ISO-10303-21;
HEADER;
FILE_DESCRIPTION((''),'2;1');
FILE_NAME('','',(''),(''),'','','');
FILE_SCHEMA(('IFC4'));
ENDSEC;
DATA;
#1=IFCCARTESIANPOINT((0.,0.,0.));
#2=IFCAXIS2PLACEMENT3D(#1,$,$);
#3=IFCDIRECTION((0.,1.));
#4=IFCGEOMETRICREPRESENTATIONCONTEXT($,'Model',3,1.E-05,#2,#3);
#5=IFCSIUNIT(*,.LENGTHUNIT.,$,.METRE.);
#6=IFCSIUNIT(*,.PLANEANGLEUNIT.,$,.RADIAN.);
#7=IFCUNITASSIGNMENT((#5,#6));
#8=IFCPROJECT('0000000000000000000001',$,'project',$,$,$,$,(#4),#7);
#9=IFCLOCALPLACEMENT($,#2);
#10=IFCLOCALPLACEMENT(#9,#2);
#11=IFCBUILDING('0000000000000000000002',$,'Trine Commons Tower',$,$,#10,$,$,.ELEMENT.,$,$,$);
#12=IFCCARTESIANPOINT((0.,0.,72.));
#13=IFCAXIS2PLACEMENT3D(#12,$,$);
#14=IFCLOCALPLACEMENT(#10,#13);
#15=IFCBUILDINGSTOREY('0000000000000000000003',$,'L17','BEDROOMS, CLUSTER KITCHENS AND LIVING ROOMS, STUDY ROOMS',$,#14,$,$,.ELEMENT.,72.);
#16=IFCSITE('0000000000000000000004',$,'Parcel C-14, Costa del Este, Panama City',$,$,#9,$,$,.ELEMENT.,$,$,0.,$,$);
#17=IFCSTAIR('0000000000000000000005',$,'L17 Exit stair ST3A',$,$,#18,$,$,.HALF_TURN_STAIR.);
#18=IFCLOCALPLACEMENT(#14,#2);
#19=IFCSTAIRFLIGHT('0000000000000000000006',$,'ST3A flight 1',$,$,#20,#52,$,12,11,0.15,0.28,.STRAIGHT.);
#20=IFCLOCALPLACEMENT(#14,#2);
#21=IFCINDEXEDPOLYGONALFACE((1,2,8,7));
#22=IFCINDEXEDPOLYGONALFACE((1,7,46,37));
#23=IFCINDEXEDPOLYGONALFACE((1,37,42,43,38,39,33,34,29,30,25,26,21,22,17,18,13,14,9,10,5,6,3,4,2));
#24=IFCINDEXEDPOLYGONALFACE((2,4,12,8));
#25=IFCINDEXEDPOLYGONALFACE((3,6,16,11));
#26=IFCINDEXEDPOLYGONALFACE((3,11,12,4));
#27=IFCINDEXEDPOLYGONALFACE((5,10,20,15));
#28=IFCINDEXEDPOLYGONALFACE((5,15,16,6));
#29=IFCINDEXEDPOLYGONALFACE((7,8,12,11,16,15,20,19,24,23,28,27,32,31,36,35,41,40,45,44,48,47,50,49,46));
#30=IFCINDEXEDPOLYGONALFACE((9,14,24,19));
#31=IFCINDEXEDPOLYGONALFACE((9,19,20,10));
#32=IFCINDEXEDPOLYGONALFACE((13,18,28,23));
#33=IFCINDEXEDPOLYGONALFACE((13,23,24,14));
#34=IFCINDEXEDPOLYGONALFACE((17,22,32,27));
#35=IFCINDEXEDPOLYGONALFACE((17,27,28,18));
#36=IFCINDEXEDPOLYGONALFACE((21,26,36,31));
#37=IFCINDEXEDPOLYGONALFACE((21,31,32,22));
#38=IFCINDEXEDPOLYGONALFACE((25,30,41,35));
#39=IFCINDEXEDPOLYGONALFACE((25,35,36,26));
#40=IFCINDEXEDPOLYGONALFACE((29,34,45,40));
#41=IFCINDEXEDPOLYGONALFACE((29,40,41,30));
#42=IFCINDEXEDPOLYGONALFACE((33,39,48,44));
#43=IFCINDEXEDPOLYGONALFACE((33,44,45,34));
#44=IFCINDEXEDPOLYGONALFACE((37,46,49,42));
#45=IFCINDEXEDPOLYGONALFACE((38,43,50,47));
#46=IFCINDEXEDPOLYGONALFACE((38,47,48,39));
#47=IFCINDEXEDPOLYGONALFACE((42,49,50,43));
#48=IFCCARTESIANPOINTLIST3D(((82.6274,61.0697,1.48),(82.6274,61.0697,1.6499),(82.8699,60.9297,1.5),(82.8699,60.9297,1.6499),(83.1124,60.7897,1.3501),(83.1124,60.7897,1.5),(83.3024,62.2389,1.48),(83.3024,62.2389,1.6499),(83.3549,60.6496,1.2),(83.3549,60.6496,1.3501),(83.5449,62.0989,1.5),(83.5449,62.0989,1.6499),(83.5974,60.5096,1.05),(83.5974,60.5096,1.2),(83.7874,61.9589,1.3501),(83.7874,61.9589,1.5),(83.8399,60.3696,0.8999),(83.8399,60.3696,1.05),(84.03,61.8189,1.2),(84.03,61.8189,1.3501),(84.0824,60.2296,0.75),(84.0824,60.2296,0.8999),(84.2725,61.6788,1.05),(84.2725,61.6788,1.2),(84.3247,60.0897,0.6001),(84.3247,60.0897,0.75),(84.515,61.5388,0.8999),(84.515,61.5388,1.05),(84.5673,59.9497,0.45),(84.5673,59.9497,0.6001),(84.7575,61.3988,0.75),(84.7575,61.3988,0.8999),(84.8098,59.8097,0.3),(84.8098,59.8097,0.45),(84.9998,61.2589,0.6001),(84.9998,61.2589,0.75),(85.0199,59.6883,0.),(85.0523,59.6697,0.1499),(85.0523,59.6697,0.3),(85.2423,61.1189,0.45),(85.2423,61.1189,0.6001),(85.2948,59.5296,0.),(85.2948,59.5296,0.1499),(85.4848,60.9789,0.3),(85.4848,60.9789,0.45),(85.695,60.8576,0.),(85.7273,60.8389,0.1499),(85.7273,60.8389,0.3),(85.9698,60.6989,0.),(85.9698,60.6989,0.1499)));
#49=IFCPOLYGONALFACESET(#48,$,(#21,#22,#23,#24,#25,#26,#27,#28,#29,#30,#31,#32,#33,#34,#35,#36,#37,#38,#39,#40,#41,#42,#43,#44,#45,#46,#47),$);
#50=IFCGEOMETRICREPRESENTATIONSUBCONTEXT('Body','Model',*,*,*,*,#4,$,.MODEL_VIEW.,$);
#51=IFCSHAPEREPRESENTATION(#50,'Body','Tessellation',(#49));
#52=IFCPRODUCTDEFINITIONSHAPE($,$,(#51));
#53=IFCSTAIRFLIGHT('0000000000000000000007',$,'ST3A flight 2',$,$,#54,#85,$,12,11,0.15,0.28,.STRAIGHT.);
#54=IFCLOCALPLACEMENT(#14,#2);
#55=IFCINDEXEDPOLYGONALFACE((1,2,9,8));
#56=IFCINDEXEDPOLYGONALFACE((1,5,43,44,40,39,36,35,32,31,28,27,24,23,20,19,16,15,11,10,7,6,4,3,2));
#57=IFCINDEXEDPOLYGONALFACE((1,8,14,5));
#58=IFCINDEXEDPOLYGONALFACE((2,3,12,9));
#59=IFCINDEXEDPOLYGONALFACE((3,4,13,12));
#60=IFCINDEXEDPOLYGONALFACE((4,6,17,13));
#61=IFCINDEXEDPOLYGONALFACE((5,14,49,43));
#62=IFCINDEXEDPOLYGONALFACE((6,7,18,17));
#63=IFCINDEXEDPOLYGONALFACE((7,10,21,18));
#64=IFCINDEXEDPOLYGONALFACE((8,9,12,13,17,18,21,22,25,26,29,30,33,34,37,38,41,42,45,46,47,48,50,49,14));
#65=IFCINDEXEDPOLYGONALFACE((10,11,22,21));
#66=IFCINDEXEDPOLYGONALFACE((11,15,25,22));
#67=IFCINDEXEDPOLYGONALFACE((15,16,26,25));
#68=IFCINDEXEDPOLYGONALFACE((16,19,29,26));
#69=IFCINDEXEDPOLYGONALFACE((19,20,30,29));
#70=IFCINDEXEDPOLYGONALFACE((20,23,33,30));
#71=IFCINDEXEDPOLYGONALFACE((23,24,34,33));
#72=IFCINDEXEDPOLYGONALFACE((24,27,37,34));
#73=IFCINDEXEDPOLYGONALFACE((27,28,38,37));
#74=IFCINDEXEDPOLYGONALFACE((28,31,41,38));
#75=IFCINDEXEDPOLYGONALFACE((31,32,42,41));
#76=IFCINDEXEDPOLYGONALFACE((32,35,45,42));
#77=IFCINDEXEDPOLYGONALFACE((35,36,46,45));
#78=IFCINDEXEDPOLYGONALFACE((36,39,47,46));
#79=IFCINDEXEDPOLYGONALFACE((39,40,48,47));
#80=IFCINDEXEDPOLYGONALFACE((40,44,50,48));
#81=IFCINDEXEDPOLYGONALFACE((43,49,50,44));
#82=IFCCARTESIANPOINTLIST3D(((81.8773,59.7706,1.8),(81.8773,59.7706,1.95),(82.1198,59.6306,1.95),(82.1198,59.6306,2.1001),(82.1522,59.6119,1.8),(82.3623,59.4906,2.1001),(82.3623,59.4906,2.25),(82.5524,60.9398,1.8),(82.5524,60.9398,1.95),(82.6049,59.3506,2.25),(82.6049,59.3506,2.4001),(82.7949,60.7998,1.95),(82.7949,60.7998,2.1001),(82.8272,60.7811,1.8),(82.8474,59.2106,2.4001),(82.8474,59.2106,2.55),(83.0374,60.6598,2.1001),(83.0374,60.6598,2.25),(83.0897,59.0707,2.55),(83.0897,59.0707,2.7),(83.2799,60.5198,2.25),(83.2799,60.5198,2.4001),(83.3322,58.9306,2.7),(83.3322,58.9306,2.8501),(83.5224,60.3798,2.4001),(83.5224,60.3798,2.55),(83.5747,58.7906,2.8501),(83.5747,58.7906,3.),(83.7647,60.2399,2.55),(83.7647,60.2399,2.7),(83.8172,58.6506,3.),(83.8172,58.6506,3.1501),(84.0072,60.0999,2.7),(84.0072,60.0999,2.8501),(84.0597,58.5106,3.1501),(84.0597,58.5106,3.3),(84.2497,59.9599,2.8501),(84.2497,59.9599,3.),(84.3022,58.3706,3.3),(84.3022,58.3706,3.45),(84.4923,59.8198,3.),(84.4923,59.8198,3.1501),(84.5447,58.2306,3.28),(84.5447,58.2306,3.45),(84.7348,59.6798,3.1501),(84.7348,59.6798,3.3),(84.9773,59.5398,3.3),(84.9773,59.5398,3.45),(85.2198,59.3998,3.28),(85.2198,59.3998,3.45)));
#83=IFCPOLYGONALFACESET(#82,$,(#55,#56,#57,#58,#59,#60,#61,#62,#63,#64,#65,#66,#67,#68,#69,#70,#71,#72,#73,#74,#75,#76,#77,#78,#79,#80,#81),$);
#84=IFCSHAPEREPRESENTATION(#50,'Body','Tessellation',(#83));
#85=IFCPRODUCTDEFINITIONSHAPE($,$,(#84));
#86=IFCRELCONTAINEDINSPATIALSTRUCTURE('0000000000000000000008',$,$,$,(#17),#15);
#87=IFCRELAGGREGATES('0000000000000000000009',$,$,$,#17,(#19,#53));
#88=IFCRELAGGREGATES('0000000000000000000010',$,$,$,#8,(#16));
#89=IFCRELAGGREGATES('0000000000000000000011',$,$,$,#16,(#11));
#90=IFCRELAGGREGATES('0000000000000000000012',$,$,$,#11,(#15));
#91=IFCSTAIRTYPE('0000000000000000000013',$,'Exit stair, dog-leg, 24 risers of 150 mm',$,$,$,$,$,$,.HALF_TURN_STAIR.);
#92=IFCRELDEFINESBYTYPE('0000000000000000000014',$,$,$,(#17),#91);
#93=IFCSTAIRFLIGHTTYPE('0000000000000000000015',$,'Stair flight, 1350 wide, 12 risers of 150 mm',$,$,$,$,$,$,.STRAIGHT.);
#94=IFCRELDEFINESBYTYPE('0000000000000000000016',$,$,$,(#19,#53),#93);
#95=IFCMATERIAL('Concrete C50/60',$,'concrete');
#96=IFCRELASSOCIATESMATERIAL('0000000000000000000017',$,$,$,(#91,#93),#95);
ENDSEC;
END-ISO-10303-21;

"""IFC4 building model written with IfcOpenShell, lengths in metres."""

from ifc_helpers import new_model, si_unit, direction, frame, origin, place, context, subcontext, project, spatial, polyline, outline, extrude, material, type_object, element, aggregate, save


model = new_model("IFC4")

# Units and contexts
model_context = context("Model", 3, precision=1e-05, world=origin(), true_north=direction((0.0, 1.0)))
body_context = subcontext(model_context, "Body", "Model", "MODEL_VIEW")
ifc_project = project(units=[si_unit("LENGTHUNIT", "METRE"), si_unit("PLANEANGLEUNIT", "RADIAN")], contexts=[model_context])

# Site, building, storey
site_placement = place(None, origin())
site = spatial("IfcSite", under=ifc_project, at=site_placement, Name="Parcel C-14, Costa del Este, Panama City", CompositionType="ELEMENT", RefElevation=0.0)
building_placement = place(site_placement, origin())
building = spatial("IfcBuilding", under=site, at=building_placement, Name="Trine Commons Tower", CompositionType="ELEMENT")
storey_placement = place(building_placement, frame((0.0, 0.0, 72.0)))
storey = spatial("IfcBuildingStorey", under=building, at=storey_placement, Name="L17", Description="BEDROOMS, CLUSTER KITCHENS AND LIVING ROOMS, STUDY ROOMS", CompositionType="ELEMENT", Elevation=72.0)

# Shared definitions
ifc_material_1 = material(Name="Concrete C50/60", Category="concrete")

# Stair, stair flights
stair_type = type_object("IfcStairType", Name="Exit stair, dog-leg, 24 risers of 150 mm", PredefinedType="HALF_TURN_STAIR", material=ifc_material_1)
stair_placement = place(storey_placement, origin())
stair = element("IfcStair", 1, at=stair_placement, inside=storey, type_object=stair_type, Name="L17 Exit stair ST3A", PredefinedType="HALF_TURN_STAIR")
stair_flight_type = type_object("IfcStairFlightType", Name="Stair flight, 1350 wide, 12 risers of 150 mm", PredefinedType="STRAIGHT", material=ifc_material_1)
stair_flight_1_placement = place(storey_placement, frame((85.6323, 60.1143, 0.0), z_axis=(0.0, 0.0, 1.0), x_axis=(-0.866025, 0.5, 0.0)))
stair_flight_1 = element("IfcStairFlight", 2, at=stair_flight_1_placement, type_object=stair_flight_type, Name="ST3A flight 1", NumberOfRisers=12, NumberOfTreads=11, PredefinedType="STRAIGHT", RiserHeight=0.15, TreadLength=0.28, context=body_context, shape_type="SweptSolid", body=[
    extrude(outline(polyline([(0.0, 0.0), (0.0, 0.1499), (0.28, 0.1499), (0.28, 0.3), (0.5601, 0.3), (0.5601, 0.45), (0.8401, 0.45), (0.8401, 0.6001), (1.1201, 0.6001), (1.1201, 0.75), (1.3999, 0.75), (1.3999, 0.8999), (1.6799, 0.8999), (1.6799, 1.05), (1.96, 1.05), (1.96, 1.2), (2.24, 1.2), (2.24, 1.3501), (2.52, 1.3501), (2.52, 1.5), (2.8, 1.5), (2.8, 1.6499), (3.0801, 1.6499), (3.0801, 1.8), (3.0801, 1.48), (0.3174, 0.0), (0.0, 0.0)])), frame((0.0, 0.675, 0.0), z_axis=(0.0, -1.0, 0.0), x_axis=(1.0, 0.0, 0.0)), (0.0, 0.0, 1.0), 1.3501),
])
stair_flight_2_placement = place(storey_placement, frame((82.2148, 60.3552, 1.8), z_axis=(0.0, 0.0, 1.0), x_axis=(0.866025, -0.5, 0.0)))
stair_flight_2 = element("IfcStairFlight", 3, at=stair_flight_2_placement, type_object=stair_flight_type, Name="ST3A flight 2", NumberOfRisers=12, NumberOfTreads=11, PredefinedType="STRAIGHT", RiserHeight=0.15, TreadLength=0.28, context=body_context, shape_type="SweptSolid", body=[
    extrude(outline(polyline([(0.0, 0.0), (0.0, 0.1499), (0.28, 0.1499), (0.28, 0.3), (0.5601, 0.3), (0.5601, 0.45), (0.8401, 0.45), (0.8401, 0.6001), (1.1201, 0.6001), (1.1201, 0.75), (1.3999, 0.75), (1.3999, 0.8999), (1.6799, 0.8999), (1.6799, 1.05), (1.96, 1.05), (1.96, 1.2), (2.24, 1.2), (2.24, 1.3501), (2.52, 1.3501), (2.52, 1.5), (2.8, 1.5), (2.8, 1.6499), (3.0801, 1.6499), (3.0801, 1.8), (3.0801, 1.48), (0.3174, 0.0), (0.0, 0.0)])), frame((0.0, 0.675, 0.0), z_axis=(0.0, -1.0, 0.0), x_axis=(1.0, 0.0, 0.0)), (0.0, 0.0, 1.0), 1.3501),
])
aggregate(stair, [stair_flight_1, stair_flight_2])

save(model, "model.ifc")
